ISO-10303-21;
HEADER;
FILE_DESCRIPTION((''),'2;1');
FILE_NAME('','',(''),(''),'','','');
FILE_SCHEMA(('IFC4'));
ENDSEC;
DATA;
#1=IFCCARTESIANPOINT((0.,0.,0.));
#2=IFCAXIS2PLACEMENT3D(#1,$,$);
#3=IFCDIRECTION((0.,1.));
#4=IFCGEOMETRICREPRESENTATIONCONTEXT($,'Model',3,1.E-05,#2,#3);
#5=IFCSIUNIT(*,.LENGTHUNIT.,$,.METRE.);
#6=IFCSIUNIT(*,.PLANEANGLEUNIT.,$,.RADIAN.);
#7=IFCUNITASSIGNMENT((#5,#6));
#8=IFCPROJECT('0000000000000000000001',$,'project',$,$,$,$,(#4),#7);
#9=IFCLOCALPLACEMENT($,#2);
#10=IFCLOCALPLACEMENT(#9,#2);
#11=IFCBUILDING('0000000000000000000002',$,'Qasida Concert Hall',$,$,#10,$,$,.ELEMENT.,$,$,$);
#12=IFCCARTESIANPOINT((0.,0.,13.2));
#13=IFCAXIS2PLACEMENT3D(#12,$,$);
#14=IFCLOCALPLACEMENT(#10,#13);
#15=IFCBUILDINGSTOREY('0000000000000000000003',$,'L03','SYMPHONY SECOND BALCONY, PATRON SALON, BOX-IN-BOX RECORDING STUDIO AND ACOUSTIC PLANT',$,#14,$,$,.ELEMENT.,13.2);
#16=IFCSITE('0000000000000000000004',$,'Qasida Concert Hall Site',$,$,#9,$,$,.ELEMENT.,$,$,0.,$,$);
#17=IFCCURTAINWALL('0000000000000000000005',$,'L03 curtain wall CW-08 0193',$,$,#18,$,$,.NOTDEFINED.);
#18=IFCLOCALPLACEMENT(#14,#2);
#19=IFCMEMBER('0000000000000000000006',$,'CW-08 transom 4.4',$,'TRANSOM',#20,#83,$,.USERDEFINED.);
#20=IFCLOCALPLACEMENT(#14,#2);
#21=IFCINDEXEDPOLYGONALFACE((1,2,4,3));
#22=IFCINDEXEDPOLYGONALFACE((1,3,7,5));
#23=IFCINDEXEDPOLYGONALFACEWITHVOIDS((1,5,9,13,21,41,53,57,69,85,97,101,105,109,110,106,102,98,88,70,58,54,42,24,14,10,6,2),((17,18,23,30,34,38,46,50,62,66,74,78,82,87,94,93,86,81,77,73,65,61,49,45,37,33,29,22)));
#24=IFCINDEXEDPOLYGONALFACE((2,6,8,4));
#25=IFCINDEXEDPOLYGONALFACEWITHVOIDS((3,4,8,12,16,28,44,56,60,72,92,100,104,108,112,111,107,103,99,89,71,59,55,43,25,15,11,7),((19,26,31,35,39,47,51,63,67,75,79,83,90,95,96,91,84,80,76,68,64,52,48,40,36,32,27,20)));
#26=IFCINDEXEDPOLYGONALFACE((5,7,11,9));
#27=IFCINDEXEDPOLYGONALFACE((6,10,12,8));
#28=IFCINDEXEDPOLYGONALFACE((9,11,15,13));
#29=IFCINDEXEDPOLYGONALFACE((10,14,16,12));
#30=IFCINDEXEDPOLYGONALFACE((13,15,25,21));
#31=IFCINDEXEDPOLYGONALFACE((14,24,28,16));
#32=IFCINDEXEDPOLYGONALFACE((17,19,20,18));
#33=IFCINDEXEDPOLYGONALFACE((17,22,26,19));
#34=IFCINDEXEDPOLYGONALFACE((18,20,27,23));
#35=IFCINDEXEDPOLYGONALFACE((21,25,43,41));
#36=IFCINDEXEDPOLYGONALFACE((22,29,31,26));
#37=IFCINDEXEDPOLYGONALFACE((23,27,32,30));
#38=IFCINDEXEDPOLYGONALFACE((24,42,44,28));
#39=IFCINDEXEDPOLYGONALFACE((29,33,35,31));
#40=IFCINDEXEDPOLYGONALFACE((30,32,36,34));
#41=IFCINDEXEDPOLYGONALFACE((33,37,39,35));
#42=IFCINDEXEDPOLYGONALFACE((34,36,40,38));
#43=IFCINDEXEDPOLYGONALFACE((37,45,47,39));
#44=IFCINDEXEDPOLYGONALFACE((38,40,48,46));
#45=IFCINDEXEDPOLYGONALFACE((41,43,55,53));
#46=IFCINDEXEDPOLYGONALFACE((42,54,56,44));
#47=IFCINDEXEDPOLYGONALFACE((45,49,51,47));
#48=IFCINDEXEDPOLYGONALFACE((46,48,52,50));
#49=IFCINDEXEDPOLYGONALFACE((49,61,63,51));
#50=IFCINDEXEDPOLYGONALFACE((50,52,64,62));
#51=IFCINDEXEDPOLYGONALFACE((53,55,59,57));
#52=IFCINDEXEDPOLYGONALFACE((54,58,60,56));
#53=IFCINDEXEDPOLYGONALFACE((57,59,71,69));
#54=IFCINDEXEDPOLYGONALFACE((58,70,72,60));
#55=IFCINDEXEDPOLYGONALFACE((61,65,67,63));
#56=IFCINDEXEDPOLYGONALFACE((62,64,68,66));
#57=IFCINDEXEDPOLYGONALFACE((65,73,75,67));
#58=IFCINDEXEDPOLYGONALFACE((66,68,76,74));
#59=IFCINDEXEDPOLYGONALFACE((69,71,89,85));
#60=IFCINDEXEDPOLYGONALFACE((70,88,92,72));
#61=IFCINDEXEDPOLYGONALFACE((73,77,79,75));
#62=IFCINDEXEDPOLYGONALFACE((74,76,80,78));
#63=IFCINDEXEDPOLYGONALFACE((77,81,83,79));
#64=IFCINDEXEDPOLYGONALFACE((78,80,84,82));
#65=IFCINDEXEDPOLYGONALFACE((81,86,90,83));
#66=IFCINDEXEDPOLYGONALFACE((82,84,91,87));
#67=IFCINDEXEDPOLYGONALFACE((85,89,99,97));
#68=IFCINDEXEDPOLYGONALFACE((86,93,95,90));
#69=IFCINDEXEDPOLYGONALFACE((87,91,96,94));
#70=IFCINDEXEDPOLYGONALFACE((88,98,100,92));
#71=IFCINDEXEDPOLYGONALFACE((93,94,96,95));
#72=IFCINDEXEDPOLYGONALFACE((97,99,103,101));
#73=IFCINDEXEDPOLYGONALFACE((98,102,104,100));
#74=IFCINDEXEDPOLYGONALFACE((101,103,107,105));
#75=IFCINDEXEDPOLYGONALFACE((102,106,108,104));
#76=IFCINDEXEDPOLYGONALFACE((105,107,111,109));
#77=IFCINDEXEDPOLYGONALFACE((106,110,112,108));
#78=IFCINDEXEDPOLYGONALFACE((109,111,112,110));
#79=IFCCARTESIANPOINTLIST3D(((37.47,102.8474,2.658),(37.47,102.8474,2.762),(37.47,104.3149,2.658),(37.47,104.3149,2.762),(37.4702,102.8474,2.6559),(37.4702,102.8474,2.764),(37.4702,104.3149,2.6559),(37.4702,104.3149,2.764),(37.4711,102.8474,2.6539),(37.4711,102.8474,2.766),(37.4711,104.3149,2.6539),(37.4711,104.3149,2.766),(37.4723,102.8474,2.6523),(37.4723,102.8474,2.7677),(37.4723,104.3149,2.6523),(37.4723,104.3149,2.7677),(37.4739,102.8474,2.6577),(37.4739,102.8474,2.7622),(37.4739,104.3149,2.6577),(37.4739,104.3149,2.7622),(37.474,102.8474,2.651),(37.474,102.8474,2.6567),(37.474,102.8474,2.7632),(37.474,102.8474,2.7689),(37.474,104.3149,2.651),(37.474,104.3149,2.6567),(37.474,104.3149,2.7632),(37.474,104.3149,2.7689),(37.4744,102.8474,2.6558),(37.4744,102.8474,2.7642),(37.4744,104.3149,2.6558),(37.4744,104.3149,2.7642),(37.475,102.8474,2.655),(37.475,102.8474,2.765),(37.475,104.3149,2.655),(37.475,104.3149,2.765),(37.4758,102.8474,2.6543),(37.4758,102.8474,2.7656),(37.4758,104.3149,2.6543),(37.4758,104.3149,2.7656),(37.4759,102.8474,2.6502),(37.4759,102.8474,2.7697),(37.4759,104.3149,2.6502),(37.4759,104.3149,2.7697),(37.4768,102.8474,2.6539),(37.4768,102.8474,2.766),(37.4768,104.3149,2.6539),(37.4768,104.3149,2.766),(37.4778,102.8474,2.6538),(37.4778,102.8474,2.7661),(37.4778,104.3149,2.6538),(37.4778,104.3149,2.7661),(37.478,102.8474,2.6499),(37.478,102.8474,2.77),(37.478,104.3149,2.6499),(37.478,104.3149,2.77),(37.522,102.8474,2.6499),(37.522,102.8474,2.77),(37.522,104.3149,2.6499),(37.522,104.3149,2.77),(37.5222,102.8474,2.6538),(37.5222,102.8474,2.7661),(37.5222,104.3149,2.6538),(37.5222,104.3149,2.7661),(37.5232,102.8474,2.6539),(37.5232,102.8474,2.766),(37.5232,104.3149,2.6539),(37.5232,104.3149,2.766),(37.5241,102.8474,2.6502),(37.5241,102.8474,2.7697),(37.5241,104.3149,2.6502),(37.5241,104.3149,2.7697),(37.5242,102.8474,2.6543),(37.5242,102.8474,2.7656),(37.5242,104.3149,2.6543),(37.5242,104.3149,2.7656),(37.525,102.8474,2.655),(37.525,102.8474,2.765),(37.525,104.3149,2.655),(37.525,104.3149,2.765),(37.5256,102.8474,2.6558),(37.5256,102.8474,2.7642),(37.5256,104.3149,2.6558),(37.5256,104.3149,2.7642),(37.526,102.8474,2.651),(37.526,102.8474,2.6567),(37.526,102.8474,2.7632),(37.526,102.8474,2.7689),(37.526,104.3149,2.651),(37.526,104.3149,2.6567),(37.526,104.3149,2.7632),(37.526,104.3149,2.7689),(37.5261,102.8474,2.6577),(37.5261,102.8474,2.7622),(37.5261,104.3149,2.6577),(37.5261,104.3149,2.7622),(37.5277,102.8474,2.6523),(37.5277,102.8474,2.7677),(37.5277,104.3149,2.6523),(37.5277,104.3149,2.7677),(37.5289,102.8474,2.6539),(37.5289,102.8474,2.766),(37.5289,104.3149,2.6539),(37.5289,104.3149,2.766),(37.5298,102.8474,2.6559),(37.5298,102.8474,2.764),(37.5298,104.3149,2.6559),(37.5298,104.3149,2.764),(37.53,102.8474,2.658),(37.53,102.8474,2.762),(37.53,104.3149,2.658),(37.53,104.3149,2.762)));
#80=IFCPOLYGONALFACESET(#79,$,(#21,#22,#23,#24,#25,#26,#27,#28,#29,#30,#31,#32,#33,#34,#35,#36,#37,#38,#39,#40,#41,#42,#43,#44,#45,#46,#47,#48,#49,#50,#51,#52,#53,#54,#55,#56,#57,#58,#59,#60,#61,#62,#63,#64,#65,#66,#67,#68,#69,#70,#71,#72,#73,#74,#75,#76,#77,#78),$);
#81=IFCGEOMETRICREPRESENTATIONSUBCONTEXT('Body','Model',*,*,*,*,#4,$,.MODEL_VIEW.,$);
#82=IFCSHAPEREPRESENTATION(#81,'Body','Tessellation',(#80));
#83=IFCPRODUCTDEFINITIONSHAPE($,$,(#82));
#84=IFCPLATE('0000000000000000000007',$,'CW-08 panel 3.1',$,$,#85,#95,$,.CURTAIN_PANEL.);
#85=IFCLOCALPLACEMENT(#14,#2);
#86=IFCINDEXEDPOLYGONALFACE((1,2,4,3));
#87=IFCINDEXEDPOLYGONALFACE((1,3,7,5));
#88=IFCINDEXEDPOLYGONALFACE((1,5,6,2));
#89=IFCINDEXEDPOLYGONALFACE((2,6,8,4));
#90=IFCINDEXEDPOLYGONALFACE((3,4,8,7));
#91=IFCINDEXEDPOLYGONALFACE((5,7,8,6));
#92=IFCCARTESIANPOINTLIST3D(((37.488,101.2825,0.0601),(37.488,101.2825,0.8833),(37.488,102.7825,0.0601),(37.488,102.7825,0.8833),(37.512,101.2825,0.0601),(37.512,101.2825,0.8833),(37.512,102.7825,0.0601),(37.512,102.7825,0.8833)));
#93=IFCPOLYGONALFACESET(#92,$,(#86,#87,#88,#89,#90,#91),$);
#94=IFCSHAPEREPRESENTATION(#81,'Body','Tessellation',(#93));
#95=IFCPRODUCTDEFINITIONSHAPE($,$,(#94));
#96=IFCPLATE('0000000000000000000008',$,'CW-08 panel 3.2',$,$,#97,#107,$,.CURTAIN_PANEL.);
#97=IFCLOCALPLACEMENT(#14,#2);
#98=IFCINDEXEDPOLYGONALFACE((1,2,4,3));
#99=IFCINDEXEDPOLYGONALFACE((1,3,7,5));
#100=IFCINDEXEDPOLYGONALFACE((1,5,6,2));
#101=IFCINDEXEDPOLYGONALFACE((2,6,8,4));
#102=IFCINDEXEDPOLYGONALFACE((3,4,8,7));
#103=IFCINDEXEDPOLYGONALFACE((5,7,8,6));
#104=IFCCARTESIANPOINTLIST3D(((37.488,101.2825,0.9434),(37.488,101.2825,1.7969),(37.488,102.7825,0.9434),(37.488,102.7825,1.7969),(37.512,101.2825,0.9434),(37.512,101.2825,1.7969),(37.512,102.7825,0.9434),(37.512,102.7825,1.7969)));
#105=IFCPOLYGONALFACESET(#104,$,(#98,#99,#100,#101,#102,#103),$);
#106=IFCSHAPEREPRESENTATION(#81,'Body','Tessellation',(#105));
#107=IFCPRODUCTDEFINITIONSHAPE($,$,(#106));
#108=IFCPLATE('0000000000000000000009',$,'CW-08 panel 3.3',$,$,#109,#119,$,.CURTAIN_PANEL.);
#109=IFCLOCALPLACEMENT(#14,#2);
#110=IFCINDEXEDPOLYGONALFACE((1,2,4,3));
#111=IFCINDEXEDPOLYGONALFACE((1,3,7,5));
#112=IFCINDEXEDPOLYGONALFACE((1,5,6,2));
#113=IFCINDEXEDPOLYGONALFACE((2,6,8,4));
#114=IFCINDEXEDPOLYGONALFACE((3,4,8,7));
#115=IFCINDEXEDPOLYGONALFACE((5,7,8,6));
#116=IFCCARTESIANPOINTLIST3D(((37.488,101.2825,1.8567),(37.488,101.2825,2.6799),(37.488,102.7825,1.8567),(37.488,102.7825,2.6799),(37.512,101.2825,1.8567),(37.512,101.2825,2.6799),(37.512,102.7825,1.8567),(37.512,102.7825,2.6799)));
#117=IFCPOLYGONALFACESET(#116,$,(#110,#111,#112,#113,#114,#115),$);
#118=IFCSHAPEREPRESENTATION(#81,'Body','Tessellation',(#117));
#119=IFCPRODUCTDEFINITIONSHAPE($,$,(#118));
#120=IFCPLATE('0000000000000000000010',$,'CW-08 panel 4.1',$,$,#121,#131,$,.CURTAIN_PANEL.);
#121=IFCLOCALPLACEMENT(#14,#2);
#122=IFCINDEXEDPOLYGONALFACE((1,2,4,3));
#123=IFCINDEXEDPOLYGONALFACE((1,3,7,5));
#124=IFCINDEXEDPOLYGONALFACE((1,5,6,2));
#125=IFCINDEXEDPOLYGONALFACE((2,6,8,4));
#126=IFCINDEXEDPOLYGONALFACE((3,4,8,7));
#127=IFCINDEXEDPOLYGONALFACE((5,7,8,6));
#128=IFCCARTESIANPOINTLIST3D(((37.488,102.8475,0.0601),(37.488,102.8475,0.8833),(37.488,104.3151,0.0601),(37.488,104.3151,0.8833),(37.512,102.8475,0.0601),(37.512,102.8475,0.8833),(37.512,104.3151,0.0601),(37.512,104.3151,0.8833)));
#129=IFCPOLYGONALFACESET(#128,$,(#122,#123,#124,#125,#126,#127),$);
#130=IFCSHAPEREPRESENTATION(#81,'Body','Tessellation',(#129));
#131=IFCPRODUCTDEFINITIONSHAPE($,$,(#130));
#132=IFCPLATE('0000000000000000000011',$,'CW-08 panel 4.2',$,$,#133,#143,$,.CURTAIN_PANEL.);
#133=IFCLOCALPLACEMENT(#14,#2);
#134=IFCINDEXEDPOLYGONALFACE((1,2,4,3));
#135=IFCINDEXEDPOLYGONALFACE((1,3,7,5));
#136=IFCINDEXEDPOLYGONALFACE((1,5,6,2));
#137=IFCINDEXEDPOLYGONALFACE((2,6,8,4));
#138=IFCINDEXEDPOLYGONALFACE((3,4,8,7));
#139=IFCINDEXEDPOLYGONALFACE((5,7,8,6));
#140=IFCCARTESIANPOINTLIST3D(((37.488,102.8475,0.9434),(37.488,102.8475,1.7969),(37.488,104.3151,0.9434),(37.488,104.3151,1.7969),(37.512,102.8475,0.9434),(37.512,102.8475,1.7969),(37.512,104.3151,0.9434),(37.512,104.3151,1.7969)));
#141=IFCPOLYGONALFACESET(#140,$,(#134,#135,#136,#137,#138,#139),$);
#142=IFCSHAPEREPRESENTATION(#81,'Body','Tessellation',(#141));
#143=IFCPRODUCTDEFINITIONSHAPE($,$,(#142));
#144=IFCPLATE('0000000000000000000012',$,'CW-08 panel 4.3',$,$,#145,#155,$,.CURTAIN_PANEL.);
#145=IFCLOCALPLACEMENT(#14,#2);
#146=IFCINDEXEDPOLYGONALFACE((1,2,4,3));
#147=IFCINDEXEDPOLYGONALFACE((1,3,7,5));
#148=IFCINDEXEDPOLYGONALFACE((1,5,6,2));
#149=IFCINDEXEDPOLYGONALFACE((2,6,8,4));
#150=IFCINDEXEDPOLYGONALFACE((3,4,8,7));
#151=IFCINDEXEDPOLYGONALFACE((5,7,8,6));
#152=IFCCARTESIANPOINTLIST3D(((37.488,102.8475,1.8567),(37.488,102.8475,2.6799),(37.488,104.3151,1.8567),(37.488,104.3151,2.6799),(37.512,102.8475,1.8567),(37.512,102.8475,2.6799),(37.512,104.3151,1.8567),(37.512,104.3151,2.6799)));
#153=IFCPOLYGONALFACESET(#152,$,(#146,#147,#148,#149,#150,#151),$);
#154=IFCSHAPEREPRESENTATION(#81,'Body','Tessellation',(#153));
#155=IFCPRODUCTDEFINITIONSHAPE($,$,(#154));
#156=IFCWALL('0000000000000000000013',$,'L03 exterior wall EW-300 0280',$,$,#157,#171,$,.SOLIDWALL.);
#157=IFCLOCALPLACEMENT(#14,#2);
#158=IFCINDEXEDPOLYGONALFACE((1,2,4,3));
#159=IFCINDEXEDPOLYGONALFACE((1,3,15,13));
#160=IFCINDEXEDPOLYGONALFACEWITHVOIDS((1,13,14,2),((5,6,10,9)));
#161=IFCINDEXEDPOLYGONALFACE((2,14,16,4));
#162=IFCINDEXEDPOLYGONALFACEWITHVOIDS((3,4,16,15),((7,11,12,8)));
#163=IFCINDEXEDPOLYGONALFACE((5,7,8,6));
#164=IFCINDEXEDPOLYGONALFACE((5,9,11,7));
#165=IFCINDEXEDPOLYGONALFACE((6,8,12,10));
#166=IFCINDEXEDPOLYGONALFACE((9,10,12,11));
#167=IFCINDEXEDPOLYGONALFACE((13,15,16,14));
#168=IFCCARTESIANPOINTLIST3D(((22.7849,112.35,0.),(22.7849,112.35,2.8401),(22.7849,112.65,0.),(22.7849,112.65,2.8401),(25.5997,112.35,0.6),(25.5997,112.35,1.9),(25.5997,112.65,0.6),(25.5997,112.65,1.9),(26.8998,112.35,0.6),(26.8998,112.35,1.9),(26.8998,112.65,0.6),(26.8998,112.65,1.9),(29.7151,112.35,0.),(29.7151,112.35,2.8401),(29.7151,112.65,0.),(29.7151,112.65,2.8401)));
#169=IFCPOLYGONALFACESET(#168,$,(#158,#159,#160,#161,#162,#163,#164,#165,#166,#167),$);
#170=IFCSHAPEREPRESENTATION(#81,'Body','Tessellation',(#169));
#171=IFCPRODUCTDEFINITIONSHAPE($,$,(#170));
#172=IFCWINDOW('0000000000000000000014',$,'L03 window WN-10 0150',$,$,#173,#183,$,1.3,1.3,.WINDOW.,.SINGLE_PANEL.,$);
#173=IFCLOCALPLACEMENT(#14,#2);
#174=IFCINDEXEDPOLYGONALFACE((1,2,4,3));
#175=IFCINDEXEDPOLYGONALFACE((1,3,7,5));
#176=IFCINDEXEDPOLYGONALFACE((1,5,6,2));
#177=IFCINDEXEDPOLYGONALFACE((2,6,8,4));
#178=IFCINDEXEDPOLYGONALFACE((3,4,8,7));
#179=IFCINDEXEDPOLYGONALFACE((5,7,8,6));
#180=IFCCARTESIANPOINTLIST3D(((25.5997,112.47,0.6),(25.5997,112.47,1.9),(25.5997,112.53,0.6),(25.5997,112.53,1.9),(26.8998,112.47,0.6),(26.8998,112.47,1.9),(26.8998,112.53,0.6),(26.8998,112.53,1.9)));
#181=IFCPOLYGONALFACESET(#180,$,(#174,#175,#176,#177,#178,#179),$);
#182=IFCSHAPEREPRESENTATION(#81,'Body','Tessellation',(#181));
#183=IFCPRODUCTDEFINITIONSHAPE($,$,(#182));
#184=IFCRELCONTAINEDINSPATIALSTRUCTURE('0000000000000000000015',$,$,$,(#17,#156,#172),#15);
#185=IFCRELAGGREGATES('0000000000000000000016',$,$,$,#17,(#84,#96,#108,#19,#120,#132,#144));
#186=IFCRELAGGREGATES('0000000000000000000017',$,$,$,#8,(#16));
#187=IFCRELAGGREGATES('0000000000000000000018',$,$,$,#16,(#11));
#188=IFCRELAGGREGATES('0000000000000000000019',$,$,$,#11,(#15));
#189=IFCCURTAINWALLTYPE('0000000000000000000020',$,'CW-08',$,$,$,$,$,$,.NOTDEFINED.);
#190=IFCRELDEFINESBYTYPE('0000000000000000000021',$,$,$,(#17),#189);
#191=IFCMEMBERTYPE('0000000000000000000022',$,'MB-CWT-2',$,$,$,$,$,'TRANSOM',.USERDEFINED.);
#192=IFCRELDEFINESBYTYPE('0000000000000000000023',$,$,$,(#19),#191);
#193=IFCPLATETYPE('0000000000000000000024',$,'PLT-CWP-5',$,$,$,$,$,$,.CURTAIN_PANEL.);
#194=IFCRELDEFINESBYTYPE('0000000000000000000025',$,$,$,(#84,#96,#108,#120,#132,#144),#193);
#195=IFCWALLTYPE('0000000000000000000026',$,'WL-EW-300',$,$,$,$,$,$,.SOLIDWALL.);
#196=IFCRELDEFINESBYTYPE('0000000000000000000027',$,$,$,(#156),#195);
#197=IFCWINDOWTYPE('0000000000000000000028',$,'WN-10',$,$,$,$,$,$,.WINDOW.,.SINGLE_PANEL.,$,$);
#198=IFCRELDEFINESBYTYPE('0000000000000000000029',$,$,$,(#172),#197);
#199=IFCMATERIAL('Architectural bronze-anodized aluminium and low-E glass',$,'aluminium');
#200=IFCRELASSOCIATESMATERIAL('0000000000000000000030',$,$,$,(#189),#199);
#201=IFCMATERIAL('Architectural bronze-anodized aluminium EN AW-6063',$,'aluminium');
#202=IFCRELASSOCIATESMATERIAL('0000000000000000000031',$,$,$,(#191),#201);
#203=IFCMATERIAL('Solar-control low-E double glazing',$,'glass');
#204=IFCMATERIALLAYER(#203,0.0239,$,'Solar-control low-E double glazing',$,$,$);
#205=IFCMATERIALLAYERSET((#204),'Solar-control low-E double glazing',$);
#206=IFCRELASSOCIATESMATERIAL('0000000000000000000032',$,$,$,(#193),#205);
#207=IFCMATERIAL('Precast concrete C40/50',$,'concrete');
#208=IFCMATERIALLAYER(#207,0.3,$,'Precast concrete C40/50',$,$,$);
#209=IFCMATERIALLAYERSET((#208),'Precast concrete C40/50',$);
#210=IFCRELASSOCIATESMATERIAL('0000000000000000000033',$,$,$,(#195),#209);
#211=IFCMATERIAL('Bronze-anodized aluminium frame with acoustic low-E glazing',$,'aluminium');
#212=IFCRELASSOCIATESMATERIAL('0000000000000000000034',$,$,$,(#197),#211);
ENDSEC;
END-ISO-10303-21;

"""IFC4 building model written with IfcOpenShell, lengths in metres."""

from ifc_helpers import new_model, si_unit, direction, frame, frame_2d, origin, origin_2d, place, context, subcontext, project, spatial, rectangle, hollow_rectangle, extrude, material, layer, layer_set, material_profile, profile_set, type_object, element, fill, aggregate, save


model = new_model("IFC4")

# Units and contexts
model_context = context("Model", 3, precision=1e-05, world=origin(), true_north=direction((0.0, 1.0)))
body_context = subcontext(model_context, "Body", "Model", "MODEL_VIEW")
ifc_project = project(units=[si_unit("LENGTHUNIT", "METRE"), si_unit("PLANEANGLEUNIT", "RADIAN")], contexts=[model_context])

# Site, building, storey
site_placement = place(None, origin())
site = spatial("IfcSite", under=ifc_project, at=site_placement, Name="Qasida Concert Hall Site", CompositionType="ELEMENT", RefElevation=0.0)
building_placement = place(site_placement, origin())
building = spatial("IfcBuilding", under=site, at=building_placement, Name="Qasida Concert Hall", CompositionType="ELEMENT")
storey_placement = place(building_placement, frame((0.0, 0.0, 13.2)))
storey = spatial("IfcBuildingStorey", under=building, at=storey_placement, Name="L03", Description="SYMPHONY SECOND BALCONY, PATRON SALON, BOX-IN-BOX RECORDING STUDIO AND ACOUSTIC PLANT", CompositionType="ELEMENT", Elevation=13.2)

# Curtain wall, member, plates
ifc_material_1 = material(Name="Architectural bronze-anodized aluminium and low-E glass", Category="aluminium")
curtain_wall_type = type_object("IfcCurtainWallType", Name="CW-08", PredefinedType="NOTDEFINED", material=ifc_material_1)
curtain_wall_placement = place(storey_placement, origin())
curtain_wall = element("IfcCurtainWall", 1, at=curtain_wall_placement, inside=storey, type_object=curtain_wall_type, Name="L03 curtain wall CW-08 0193", PredefinedType="NOTDEFINED")
ifc_material_2 = material(Name="Architectural bronze-anodized aluminium EN AW-6063", Category="aluminium")
ifc_material_profile_1 = material_profile(ifc_material_2, hollow_rectangle(XDim=0.0601, YDim=0.1201, WallThickness=0.0039, InnerFilletRadius=0.0039, OuterFilletRadius=0.0081, at=origin_2d()), Name="CWT 120x60x4")
ifc_profile_set_1 = profile_set([ifc_material_profile_1], Name="Architectural bronze-anodized aluminium EN AW-6063")
member_type_1 = type_object("IfcMemberType", Name="MB-CWT-2", ElementType="TRANSOM", PredefinedType="USERDEFINED", material=ifc_profile_set_1)
member_1_placement = place(storey_placement, frame((37.5, 102.8474, 2.71), z_axis=(0.0, 1.0, 0.0), x_axis=(-1.0, 0.0, 0.0)))
member_1 = element("IfcMember", 2, at=member_1_placement, type_object=member_type_1, Name="CW-08 transom 4.4", ObjectType="TRANSOM", PredefinedType="USERDEFINED", context=body_context, shape_type="SweptSolid", body=[
    extrude(hollow_rectangle(XDim=0.0601, YDim=0.1201, WallThickness=0.0039, InnerFilletRadius=0.0039, OuterFilletRadius=0.0081, at=origin_2d()), origin(), (0.0, 0.0, 1.0), 1.4675),
])
ifc_material_3 = material(Name="Solar-control low-E double glazing", Category="glass")
ifc_layer_1 = layer(ifc_material_3, 0.0239, Name="Solar-control low-E double glazing")
ifc_layer_set_1 = layer_set([ifc_layer_1], Name="Solar-control low-E double glazing")
plate_type = type_object("IfcPlateType", Name="PLT-CWP-5", PredefinedType="CURTAIN_PANEL", material=ifc_layer_set_1)
plate_1_placement = place(storey_placement, frame((37.5, 102.0325, 0.0601), z_axis=(0.0, 0.0, 1.0), x_axis=(0.0, 1.0, 0.0)))
plate_1 = element("IfcPlate", 3, at=plate_1_placement, type_object=plate_type, Name="CW-08 panel 3.1", PredefinedType="CURTAIN_PANEL", context=body_context, shape_type="SweptSolid", body=[
    extrude(rectangle(XDim=1.5, YDim=0.0239, at=origin_2d()), origin(), (0.0, 0.0, 1.0), 0.8232),
])
plate_2_placement = place(storey_placement, frame((37.5, 102.0325, 0.9434), z_axis=(0.0, 0.0, 1.0), x_axis=(0.0, 1.0, 0.0)))
plate_2 = element("IfcPlate", 4, at=plate_2_placement, type_object=plate_type, Name="CW-08 panel 3.2", PredefinedType="CURTAIN_PANEL", context=body_context, shape_type="SweptSolid", body=[
    extrude(rectangle(XDim=1.5, YDim=0.0239, at=origin_2d()), origin(), (0.0, 0.0, 1.0), 0.8535),
])
plate_3_placement = place(storey_placement, frame((37.5, 102.0325, 1.8567), z_axis=(0.0, 0.0, 1.0), x_axis=(0.0, 1.0, 0.0)))
plate_3 = element("IfcPlate", 5, at=plate_3_placement, type_object=plate_type, Name="CW-08 panel 3.3", PredefinedType="CURTAIN_PANEL", context=body_context, shape_type="SweptSolid", body=[
    extrude(rectangle(XDim=1.5, YDim=0.0239, at=origin_2d()), origin(), (0.0, 0.0, 1.0), 0.8232),
])
plate_4_placement = place(storey_placement, frame((37.5, 103.5813, 0.0601), z_axis=(0.0, 0.0, 1.0), x_axis=(0.0, 1.0, 0.0)))
plate_4 = element("IfcPlate", 6, at=plate_4_placement, type_object=plate_type, Name="CW-08 panel 4.1", PredefinedType="CURTAIN_PANEL", context=body_context, shape_type="SweptSolid", body=[
    extrude(rectangle(XDim=1.4675, YDim=0.0239, at=origin_2d()), origin(), (0.0, 0.0, 1.0), 0.8232),
])
plate_5_placement = place(storey_placement, frame((37.5, 103.5813, 0.9434), z_axis=(0.0, 0.0, 1.0), x_axis=(0.0, 1.0, 0.0)))
plate_5 = element("IfcPlate", 7, at=plate_5_placement, type_object=plate_type, Name="CW-08 panel 4.2", PredefinedType="CURTAIN_PANEL", context=body_context, shape_type="SweptSolid", body=[
    extrude(rectangle(XDim=1.4675, YDim=0.0239, at=origin_2d()), origin(), (0.0, 0.0, 1.0), 0.8535),
])
plate_6_placement = place(storey_placement, frame((37.5, 103.5813, 1.8567), z_axis=(0.0, 0.0, 1.0), x_axis=(0.0, 1.0, 0.0)))
plate_6 = element("IfcPlate", 8, at=plate_6_placement, type_object=plate_type, Name="CW-08 panel 4.3", PredefinedType="CURTAIN_PANEL", context=body_context, shape_type="SweptSolid", body=[
    extrude(rectangle(XDim=1.4675, YDim=0.0239, at=origin_2d()), origin(), (0.0, 0.0, 1.0), 0.8232),
])
aggregate(curtain_wall, [plate_1, plate_2, plate_3, member_1, plate_4, plate_5, plate_6])

# Wall, opening, window
ifc_material_4 = material(Name="Precast concrete C40/50", Category="concrete")
ifc_layer_2 = layer(ifc_material_4, 0.3, Name="Precast concrete C40/50")
ifc_layer_set_2 = layer_set([ifc_layer_2], Name="Precast concrete C40/50")
wall_type = type_object("IfcWallType", Name="WL-EW-300", PredefinedType="SOLIDWALL", material=ifc_layer_set_2)
wall_1_placement = place(storey_placement, frame((22.7849, 112.5, 0.0), z_axis=(0.0, 0.0, 1.0), x_axis=(1.0, 0.0, 0.0)))
wall_1 = element("IfcWall", 9, at=wall_1_placement, inside=storey, type_object=wall_type, Name="L03 exterior wall EW-300 0280", PredefinedType="SOLIDWALL", context=body_context, shape_type="SweptSolid", body=[
    extrude(rectangle(XDim=6.9302, YDim=0.3, at=frame_2d((3.4651, 0.0))), origin(), (0.0, 0.0, 1.0), 2.8401),
])
opening_1_placement = place(wall_1_placement, frame((2.8149, 0.0, 0.6001)))
opening_1 = element("IfcOpeningElement", 10, at=opening_1_placement, cuts=wall_1, PredefinedType="OPENING", context=body_context, shape_type="SweptSolid", body=[
    extrude(rectangle(XDim=1.3, YDim=1.3, at=frame_2d((0.6499, 0.6499))), frame((0.0, 0.1599, 0.0), z_axis=(0.0, -1.0, 0.0), x_axis=(1.0, 0.0, 0.0)), (0.0, 0.0, 1.0), 0.3201),
])
ifc_material_5 = material(Name="Bronze-anodized aluminium frame with acoustic low-E glazing", Category="aluminium")
window_type_1 = type_object("IfcWindowType", Name="WN-10", PartitioningType="SINGLE_PANEL", PredefinedType="WINDOW", material=ifc_material_5)
window_1_placement = place(opening_1_placement, origin())
window_1 = element("IfcWindow", 11, at=window_1_placement, inside=storey, type_object=window_type_1, Name="L03 window WN-10 0150", OverallHeight=1.3, OverallWidth=1.3, PartitioningType="SINGLE_PANEL", PredefinedType="WINDOW", context=body_context, shape_type="SweptSolid", body=[
    extrude(rectangle(XDim=1.3, YDim=1.3, at=frame_2d((0.6499, 0.6499))), frame((0.0, 0.03, 0.0), z_axis=(0.0, -1.0, 0.0), x_axis=(1.0, 0.0, 0.0)), (0.0, 0.0, 1.0), 0.0601),
])
fill(opening_1, window_1)

save(model, "model.ifc")
